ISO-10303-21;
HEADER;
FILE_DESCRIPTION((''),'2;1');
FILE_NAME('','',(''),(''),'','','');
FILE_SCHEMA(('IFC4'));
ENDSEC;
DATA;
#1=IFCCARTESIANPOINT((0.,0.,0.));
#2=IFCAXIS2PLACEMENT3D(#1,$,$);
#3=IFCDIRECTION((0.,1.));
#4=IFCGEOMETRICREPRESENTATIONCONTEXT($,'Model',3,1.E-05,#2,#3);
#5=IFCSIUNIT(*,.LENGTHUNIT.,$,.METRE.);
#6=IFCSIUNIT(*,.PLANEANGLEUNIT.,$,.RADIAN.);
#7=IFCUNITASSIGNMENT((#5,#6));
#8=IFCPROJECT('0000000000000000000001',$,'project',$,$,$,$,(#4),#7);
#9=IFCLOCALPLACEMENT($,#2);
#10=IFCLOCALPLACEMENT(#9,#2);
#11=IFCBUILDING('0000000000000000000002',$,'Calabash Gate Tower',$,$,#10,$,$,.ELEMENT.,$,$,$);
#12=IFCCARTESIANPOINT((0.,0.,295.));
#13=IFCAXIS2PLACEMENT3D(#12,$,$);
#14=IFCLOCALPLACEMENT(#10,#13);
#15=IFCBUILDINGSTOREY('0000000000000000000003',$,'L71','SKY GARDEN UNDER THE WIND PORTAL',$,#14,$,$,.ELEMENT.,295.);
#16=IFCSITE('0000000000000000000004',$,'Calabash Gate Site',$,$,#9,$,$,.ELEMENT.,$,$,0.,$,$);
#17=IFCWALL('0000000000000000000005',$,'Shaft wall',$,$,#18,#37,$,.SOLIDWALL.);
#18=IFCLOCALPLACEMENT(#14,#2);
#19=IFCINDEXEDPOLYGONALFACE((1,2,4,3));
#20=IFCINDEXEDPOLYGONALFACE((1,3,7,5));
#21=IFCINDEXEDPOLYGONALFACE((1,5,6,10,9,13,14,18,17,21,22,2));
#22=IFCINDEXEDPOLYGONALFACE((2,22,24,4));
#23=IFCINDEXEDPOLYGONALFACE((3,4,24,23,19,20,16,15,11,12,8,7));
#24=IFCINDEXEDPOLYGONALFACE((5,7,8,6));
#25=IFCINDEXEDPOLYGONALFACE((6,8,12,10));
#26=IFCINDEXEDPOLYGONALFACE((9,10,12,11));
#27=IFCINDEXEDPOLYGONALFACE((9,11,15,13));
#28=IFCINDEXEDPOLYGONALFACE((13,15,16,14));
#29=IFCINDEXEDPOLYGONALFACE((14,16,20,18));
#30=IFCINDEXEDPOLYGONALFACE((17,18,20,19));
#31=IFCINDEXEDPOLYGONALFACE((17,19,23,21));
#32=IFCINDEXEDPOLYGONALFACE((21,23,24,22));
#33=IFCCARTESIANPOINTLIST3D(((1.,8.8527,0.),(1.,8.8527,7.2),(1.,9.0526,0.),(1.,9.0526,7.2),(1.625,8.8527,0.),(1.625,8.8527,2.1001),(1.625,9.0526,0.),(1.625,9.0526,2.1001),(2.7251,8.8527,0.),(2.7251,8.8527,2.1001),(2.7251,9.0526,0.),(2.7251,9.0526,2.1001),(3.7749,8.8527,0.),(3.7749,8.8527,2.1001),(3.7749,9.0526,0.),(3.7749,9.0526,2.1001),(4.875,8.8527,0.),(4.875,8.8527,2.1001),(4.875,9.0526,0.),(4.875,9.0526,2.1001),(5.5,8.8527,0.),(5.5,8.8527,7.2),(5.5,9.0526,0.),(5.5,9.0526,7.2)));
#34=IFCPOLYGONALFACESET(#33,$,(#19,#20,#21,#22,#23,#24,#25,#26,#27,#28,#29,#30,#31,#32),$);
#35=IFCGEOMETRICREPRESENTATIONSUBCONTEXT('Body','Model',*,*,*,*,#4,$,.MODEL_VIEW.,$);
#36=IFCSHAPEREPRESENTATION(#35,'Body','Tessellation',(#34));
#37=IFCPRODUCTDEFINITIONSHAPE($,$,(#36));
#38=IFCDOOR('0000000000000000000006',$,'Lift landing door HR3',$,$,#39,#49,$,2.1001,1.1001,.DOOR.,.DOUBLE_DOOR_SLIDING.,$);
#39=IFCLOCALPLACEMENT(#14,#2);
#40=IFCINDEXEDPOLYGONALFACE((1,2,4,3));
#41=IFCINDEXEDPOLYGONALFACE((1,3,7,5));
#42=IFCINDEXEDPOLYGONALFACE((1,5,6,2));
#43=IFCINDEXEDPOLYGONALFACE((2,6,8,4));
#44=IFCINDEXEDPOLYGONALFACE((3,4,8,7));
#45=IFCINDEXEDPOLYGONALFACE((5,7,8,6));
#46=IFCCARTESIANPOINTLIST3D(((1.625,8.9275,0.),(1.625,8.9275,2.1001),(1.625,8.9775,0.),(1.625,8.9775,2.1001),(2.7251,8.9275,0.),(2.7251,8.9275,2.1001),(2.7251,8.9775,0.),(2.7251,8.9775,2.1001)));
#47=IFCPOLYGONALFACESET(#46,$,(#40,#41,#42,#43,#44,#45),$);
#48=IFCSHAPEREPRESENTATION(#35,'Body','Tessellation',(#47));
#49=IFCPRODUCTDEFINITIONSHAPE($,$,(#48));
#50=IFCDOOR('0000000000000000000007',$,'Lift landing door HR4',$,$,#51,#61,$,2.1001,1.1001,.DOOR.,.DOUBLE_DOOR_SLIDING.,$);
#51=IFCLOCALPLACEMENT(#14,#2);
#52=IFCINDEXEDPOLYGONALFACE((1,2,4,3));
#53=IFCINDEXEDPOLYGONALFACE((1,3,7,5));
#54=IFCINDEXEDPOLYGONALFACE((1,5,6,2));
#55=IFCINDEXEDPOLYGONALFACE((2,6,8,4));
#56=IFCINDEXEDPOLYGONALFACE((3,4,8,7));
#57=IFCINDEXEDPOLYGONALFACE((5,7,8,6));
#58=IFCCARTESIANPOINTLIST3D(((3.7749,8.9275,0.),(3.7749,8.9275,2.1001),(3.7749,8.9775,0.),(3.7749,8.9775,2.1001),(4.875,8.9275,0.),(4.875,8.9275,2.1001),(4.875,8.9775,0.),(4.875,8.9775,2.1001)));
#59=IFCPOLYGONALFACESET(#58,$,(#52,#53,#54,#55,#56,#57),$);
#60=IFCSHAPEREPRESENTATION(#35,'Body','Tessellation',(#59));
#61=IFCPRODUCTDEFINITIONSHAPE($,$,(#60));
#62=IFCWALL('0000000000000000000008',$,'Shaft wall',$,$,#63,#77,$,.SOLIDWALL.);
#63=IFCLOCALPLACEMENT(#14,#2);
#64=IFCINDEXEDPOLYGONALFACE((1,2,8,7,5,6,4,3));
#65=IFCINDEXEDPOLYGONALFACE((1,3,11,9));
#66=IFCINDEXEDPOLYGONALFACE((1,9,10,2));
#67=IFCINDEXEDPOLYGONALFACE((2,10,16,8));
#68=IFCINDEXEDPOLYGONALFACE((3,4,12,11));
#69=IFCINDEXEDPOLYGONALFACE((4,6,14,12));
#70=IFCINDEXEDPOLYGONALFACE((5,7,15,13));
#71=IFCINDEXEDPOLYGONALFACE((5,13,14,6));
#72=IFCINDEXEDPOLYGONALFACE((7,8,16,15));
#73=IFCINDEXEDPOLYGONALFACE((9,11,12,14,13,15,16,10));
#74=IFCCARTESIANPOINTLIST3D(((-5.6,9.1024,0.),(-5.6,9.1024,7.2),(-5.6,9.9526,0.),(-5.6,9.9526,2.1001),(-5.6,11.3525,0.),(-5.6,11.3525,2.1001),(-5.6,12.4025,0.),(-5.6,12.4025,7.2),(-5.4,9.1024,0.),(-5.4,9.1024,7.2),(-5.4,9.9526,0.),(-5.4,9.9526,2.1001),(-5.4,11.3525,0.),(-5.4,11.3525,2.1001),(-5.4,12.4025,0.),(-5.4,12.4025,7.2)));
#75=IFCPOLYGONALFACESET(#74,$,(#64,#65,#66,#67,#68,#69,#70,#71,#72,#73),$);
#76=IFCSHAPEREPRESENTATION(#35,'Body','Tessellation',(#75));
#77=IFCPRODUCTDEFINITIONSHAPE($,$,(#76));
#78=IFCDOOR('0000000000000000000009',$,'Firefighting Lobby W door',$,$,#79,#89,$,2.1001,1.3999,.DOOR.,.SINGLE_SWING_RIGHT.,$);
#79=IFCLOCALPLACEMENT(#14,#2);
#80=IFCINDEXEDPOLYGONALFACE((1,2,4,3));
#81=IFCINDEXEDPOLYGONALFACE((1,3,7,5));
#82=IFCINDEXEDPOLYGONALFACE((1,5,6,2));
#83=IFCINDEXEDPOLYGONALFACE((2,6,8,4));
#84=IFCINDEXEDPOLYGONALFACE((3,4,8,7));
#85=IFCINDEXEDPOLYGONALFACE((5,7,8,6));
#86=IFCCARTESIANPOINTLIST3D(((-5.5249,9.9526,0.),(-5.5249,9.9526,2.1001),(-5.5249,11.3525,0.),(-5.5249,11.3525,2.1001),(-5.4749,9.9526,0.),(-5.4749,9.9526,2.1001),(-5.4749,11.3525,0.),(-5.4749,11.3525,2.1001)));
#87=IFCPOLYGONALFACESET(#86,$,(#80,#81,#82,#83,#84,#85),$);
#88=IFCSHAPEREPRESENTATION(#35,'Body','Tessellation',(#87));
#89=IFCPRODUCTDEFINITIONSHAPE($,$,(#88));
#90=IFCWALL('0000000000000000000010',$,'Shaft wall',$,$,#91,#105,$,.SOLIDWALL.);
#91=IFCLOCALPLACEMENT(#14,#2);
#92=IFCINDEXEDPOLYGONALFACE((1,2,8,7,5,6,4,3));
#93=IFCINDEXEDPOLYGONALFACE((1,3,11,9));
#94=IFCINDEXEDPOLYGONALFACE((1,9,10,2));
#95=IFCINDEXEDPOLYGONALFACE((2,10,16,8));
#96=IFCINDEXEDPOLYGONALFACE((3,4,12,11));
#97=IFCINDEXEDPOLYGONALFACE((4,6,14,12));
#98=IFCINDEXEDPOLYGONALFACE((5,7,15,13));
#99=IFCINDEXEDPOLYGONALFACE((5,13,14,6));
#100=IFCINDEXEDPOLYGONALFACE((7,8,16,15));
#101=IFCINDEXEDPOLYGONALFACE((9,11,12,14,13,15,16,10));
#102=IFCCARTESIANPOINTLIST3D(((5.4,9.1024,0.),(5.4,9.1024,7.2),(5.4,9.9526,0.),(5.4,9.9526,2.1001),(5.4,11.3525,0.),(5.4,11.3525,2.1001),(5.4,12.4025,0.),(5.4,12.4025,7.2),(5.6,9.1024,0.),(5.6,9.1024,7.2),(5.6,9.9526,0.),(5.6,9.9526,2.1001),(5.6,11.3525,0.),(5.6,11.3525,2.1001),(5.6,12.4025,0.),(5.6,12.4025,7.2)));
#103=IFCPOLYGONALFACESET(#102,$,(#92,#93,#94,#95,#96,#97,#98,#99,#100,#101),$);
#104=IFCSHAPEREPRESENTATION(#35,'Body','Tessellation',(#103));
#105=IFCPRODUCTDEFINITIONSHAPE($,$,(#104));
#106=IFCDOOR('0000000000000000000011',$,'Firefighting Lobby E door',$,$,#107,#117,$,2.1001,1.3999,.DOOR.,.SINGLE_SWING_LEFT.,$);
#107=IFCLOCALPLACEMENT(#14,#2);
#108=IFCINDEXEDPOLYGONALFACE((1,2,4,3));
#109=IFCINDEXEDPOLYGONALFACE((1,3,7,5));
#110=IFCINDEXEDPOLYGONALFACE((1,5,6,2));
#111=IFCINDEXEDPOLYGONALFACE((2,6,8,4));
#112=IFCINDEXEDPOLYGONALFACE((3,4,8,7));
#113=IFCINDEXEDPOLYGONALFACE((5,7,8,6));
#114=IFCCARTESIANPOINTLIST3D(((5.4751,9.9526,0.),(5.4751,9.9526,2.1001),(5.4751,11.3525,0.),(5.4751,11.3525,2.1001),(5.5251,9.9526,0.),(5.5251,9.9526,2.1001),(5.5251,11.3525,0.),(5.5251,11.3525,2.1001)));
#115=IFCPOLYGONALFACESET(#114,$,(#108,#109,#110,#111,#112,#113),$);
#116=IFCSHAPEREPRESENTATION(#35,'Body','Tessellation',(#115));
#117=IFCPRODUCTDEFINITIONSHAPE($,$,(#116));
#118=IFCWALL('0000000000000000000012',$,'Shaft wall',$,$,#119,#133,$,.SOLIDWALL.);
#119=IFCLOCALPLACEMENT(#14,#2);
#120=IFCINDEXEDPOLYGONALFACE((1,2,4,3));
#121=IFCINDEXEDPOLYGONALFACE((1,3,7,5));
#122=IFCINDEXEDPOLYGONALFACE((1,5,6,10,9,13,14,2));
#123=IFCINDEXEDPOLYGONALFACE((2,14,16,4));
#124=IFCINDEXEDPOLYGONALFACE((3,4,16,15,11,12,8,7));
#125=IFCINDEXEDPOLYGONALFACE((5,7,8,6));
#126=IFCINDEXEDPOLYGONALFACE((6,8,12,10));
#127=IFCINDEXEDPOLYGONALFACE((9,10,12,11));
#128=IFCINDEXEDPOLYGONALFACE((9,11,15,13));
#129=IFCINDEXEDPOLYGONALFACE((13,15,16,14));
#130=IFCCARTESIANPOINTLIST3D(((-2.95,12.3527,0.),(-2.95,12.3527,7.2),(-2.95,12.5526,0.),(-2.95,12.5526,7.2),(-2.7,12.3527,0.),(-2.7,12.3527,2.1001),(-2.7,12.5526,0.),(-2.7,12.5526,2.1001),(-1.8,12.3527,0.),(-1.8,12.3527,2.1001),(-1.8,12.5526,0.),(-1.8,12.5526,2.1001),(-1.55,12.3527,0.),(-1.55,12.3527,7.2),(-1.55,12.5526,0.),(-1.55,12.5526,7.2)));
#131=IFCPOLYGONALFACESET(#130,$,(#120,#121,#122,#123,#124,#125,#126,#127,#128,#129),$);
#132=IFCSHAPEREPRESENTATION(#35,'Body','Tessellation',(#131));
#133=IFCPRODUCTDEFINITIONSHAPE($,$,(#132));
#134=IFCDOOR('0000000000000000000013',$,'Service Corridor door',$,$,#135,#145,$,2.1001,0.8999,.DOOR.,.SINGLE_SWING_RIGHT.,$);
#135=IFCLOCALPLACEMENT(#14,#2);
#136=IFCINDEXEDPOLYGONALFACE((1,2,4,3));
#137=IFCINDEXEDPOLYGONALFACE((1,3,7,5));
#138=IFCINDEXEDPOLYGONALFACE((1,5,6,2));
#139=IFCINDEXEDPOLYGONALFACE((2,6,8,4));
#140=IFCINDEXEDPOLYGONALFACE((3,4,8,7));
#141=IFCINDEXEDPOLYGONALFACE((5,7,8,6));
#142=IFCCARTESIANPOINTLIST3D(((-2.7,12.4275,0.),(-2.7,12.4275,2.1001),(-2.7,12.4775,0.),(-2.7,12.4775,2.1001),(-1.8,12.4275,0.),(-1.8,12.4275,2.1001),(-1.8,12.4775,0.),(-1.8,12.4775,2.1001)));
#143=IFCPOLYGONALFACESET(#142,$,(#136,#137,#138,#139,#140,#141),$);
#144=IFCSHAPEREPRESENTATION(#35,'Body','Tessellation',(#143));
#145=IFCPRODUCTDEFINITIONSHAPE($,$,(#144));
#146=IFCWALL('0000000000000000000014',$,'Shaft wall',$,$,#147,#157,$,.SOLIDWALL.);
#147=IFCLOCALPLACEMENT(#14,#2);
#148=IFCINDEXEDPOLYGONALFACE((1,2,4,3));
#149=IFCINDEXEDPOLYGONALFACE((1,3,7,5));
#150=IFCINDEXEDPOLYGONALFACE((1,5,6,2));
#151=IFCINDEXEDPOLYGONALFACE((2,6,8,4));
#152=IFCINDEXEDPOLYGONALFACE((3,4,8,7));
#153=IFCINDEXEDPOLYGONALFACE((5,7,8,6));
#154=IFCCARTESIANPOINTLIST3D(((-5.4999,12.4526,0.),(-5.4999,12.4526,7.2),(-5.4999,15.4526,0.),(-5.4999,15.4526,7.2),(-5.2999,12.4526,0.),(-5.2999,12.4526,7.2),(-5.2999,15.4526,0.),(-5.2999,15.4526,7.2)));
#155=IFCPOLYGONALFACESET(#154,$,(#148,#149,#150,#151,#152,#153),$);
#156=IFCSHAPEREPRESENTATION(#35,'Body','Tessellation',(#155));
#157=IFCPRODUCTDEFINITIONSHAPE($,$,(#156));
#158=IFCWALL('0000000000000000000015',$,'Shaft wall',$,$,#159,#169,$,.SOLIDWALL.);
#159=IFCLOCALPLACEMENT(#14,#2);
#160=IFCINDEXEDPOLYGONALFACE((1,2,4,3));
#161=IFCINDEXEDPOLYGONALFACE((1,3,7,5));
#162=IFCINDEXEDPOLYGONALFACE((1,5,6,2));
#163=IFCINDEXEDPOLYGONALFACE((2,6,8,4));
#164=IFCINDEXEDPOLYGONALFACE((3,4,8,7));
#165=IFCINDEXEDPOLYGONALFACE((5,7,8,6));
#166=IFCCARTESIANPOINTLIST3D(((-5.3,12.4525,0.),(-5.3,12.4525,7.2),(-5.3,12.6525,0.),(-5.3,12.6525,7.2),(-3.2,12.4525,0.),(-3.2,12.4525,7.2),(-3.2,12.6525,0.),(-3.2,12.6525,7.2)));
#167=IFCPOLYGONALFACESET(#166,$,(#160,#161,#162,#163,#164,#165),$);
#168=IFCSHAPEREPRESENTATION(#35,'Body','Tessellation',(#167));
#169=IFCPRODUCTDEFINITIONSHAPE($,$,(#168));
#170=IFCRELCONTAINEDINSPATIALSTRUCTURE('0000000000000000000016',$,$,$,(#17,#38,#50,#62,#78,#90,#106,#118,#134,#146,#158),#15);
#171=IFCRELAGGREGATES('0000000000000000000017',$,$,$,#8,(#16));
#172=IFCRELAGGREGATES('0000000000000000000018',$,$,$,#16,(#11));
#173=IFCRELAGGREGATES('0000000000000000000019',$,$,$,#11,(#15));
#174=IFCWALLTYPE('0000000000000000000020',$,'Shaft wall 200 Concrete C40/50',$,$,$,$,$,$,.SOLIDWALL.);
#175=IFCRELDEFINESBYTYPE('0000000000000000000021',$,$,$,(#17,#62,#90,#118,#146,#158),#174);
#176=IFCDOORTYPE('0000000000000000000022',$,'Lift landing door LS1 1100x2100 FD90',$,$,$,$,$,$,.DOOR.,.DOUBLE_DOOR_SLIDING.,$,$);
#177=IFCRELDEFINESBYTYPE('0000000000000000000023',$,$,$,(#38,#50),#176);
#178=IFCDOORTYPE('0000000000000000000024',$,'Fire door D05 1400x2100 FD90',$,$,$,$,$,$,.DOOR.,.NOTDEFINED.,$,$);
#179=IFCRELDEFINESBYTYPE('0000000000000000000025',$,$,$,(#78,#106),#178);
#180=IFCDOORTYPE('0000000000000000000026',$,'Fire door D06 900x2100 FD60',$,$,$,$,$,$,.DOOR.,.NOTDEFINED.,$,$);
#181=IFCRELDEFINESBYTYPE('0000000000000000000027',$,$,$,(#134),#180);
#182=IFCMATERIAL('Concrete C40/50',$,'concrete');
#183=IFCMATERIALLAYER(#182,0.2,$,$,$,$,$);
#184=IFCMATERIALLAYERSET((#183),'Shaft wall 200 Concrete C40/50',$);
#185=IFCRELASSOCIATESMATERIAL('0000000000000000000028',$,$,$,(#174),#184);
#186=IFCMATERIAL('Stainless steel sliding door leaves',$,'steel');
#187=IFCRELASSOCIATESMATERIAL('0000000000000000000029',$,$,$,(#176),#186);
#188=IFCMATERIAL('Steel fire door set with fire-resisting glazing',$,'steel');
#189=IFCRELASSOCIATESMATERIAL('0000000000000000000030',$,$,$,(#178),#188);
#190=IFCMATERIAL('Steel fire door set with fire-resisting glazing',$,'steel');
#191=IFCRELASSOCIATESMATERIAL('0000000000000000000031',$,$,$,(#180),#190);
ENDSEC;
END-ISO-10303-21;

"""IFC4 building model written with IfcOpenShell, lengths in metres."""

from ifc_helpers import new_model, si_unit, direction, frame, frame_2d, origin, place, context, subcontext, project, spatial, rectangle, extrude, material, layer, layer_set, type_object, element, fill, save


model = new_model("IFC4")

# Units and contexts
model_context = context("Model", 3, precision=1e-05, world=origin(), true_north=direction((0.0, 1.0)))
body_context = subcontext(model_context, "Body", "Model", "MODEL_VIEW")
ifc_project = project(units=[si_unit("LENGTHUNIT", "METRE"), si_unit("PLANEANGLEUNIT", "RADIAN")], contexts=[model_context])

# Site, building, storey
site_placement = place(None, origin())
site = spatial("IfcSite", under=ifc_project, at=site_placement, Name="Calabash Gate Site", CompositionType="ELEMENT", RefElevation=0.0)
building_placement = place(site_placement, origin())
building = spatial("IfcBuilding", under=site, at=building_placement, Name="Calabash Gate Tower", CompositionType="ELEMENT")
storey_placement = place(building_placement, frame((0.0, 0.0, 295.0)))
storey = spatial("IfcBuildingStorey", under=building, at=storey_placement, Name="L71", Description="SKY GARDEN UNDER THE WIND PORTAL", CompositionType="ELEMENT", Elevation=295.0)

# Shared definitions
ifc_material_1 = material(Name="Concrete C40/50", Category="concrete")
ifc_layer_1 = layer(ifc_material_1, 0.2)
ifc_layer_set_1 = layer_set([ifc_layer_1], Name="Shaft wall 200 Concrete C40/50")
wall_type_1 = type_object("IfcWallType", Name="Shaft wall 200 Concrete C40/50", PredefinedType="SOLIDWALL", material=ifc_layer_set_1)

# Wall, openings, doors
ifc_material_2 = material(Name="Stainless steel sliding door leaves", Category="steel")
door_type_1 = type_object("IfcDoorType", Name="Lift landing door LS1 1100x2100 FD90", OperationType="DOUBLE_DOOR_SLIDING", PredefinedType="DOOR", material=ifc_material_2)
wall_1_placement = place(storey_placement, frame((1.0, 8.9526, 0.0), z_axis=(0.0, 0.0, 1.0), x_axis=(1.0, 0.0, 0.0)))
wall_1 = element("IfcWall", 1, at=wall_1_placement, inside=storey, type_object=wall_type_1, Name="Shaft wall", PredefinedType="SOLIDWALL", context=body_context, shape_type="SweptSolid", body=[
    extrude(rectangle(XDim=4.5, YDim=0.2, at=frame_2d((2.25, 0.0))), origin(), (0.0, 0.0, 1.0), 7.2),
])
opening_1_placement = place(wall_1_placement, frame((0.625, 0.0, 0.0)))
opening_1 = element("IfcOpeningElement", 2, at=opening_1_placement, cuts=wall_1, PredefinedType="OPENING", context=body_context, shape_type="SweptSolid", body=[
    extrude(rectangle(XDim=1.1001, YDim=2.1001, at=frame_2d((0.55, 1.05))), frame((0.0, 0.1099, 0.0), z_axis=(0.0, -1.0, 0.0), x_axis=(1.0, 0.0, 0.0)), (0.0, 0.0, 1.0), 0.22),
])
opening_2_placement = place(wall_1_placement, frame((2.7749, 0.0, 0.0)))
opening_2 = element("IfcOpeningElement", 3, at=opening_2_placement, cuts=wall_1, PredefinedType="OPENING", context=body_context, shape_type="SweptSolid", body=[
    extrude(rectangle(XDim=1.1001, YDim=2.1001, at=frame_2d((0.55, 1.05))), frame((0.0, 0.1099, 0.0), z_axis=(0.0, -1.0, 0.0), x_axis=(1.0, 0.0, 0.0)), (0.0, 0.0, 1.0), 0.22),
])
door_1_placement = place(opening_1_placement, origin())
door_1 = element("IfcDoor", 4, at=door_1_placement, inside=storey, type_object=door_type_1, Name="Lift landing door HR3", OperationType="DOUBLE_DOOR_SLIDING", OverallHeight=2.1001, OverallWidth=1.1001, PredefinedType="DOOR", context=body_context, shape_type="SweptSolid", body=[
    extrude(rectangle(XDim=1.1001, YDim=2.1001, at=frame_2d((0.55, 1.05))), frame((0.0, 0.0249, 0.0), z_axis=(0.0, -1.0, 0.0), x_axis=(1.0, 0.0, 0.0)), (0.0, 0.0, 1.0), 0.05),
])
fill(opening_1, door_1)
door_2_placement = place(opening_2_placement, origin())
door_2 = element("IfcDoor", 5, at=door_2_placement, inside=storey, type_object=door_type_1, Name="Lift landing door HR4", OperationType="DOUBLE_DOOR_SLIDING", OverallHeight=2.1001, OverallWidth=1.1001, PredefinedType="DOOR", context=body_context, shape_type="SweptSolid", body=[
    extrude(rectangle(XDim=1.1001, YDim=2.1001, at=frame_2d((0.55, 1.05))), frame((0.0, 0.0249, 0.0), z_axis=(0.0, -1.0, 0.0), x_axis=(1.0, 0.0, 0.0)), (0.0, 0.0, 1.0), 0.05),
])
fill(opening_2, door_2)

# Walls, openings, doors
wall_2_placement = place(storey_placement, frame((-5.5, 9.1025, 0.0), z_axis=(0.0, 0.0, 1.0), x_axis=(0.0, 1.0, 0.0)))
wall_2 = element("IfcWall", 6, at=wall_2_placement, inside=storey, type_object=wall_type_1, Name="Shaft wall", PredefinedType="SOLIDWALL", context=body_context, shape_type="SweptSolid", body=[
    extrude(rectangle(XDim=3.3, YDim=0.2, at=frame_2d((1.6499, 0.0))), origin(), (0.0, 0.0, 1.0), 7.2),
])
opening_3_placement = place(wall_2_placement, frame((0.8501, 0.0, 0.0)))
opening_3 = element("IfcOpeningElement", 7, at=opening_3_placement, cuts=wall_2, PredefinedType="OPENING", context=body_context, shape_type="SweptSolid", body=[
    extrude(rectangle(XDim=1.3999, YDim=2.1001, at=frame_2d((0.7, 1.05))), frame((0.0, 0.1099, 0.0), z_axis=(0.0, -1.0, 0.0), x_axis=(1.0, 0.0, 0.0)), (0.0, 0.0, 1.0), 0.22),
])
ifc_material_3 = material(Name="Steel fire door set with fire-resisting glazing", Category="steel")
door_type_2 = type_object("IfcDoorType", Name="Fire door D05 1400x2100 FD90", OperationType="NOTDEFINED", PredefinedType="DOOR", material=ifc_material_3)
door_3_placement = place(opening_3_placement, origin())
door_3 = element("IfcDoor", 8, at=door_3_placement, inside=storey, type_object=door_type_2, Name="Firefighting Lobby W door", OperationType="SINGLE_SWING_RIGHT", OverallHeight=2.1001, OverallWidth=1.3999, PredefinedType="DOOR", context=body_context, shape_type="SweptSolid", body=[
    extrude(rectangle(XDim=1.3999, YDim=2.1001, at=frame_2d((0.7, 1.05))), frame((0.0, 0.0249, 0.0), z_axis=(0.0, -1.0, 0.0), x_axis=(1.0, 0.0, 0.0)), (0.0, 0.0, 1.0), 0.05),
])
fill(opening_3, door_3)
wall_3_placement = place(storey_placement, frame((5.5, 9.1025, 0.0), z_axis=(0.0, 0.0, 1.0), x_axis=(0.0, 1.0, 0.0)))
wall_3 = element("IfcWall", 9, at=wall_3_placement, inside=storey, type_object=wall_type_1, Name="Shaft wall", PredefinedType="SOLIDWALL", context=body_context, shape_type="SweptSolid", body=[
    extrude(rectangle(XDim=3.3, YDim=0.2, at=frame_2d((1.6499, 0.0))), origin(), (0.0, 0.0, 1.0), 7.2),
])
opening_4_placement = place(wall_3_placement, frame((0.8501, 0.0, 0.0)))
opening_4 = element("IfcOpeningElement", 10, at=opening_4_placement, cuts=wall_3, PredefinedType="OPENING", context=body_context, shape_type="SweptSolid", body=[
    extrude(rectangle(XDim=1.3999, YDim=2.1001, at=frame_2d((0.7, 1.05))), frame((0.0, 0.1099, 0.0), z_axis=(0.0, -1.0, 0.0), x_axis=(1.0, 0.0, 0.0)), (0.0, 0.0, 1.0), 0.22),
])
door_4_placement = place(opening_4_placement, origin())
door_4 = element("IfcDoor", 11, at=door_4_placement, inside=storey, type_object=door_type_2, Name="Firefighting Lobby E door", OperationType="SINGLE_SWING_LEFT", OverallHeight=2.1001, OverallWidth=1.3999, PredefinedType="DOOR", context=body_context, shape_type="SweptSolid", body=[
    extrude(rectangle(XDim=1.3999, YDim=2.1001, at=frame_2d((0.7, 1.05))), frame((0.0, 0.0249, 0.0), z_axis=(0.0, -1.0, 0.0), x_axis=(1.0, 0.0, 0.0)), (0.0, 0.0, 1.0), 0.05),
])
fill(opening_4, door_4)
wall_4_placement = place(storey_placement, frame((-2.95, 12.4526, 0.0), z_axis=(0.0, 0.0, 1.0), x_axis=(1.0, 0.0, 0.0)))
wall_4 = element("IfcWall", 12, at=wall_4_placement, inside=storey, type_object=wall_type_1, Name="Shaft wall", PredefinedType="SOLIDWALL", context=body_context, shape_type="SweptSolid", body=[
    extrude(rectangle(XDim=1.3999, YDim=0.2, at=frame_2d((0.7, 0.0))), origin(), (0.0, 0.0, 1.0), 7.2),
])
opening_5_placement = place(wall_4_placement, frame((0.25, 0.0, 0.0)))
opening_5 = element("IfcOpeningElement", 13, at=opening_5_placement, cuts=wall_4, PredefinedType="OPENING", context=body_context, shape_type="SweptSolid", body=[
    extrude(rectangle(XDim=0.8999, YDim=2.1001, at=frame_2d((0.45, 1.05))), frame((0.0, 0.1099, 0.0), z_axis=(0.0, -1.0, 0.0), x_axis=(1.0, 0.0, 0.0)), (0.0, 0.0, 1.0), 0.22),
])
ifc_material_4 = material(Name="Steel fire door set with fire-resisting glazing", Category="steel")
door_type_3 = type_object("IfcDoorType", Name="Fire door D06 900x2100 FD60", OperationType="NOTDEFINED", PredefinedType="DOOR", material=ifc_material_4)
door_5_placement = place(opening_5_placement, origin())
door_5 = element("IfcDoor", 14, at=door_5_placement, inside=storey, type_object=door_type_3, Name="Service Corridor door", OperationType="SINGLE_SWING_RIGHT", OverallHeight=2.1001, OverallWidth=0.8999, PredefinedType="DOOR", context=body_context, shape_type="SweptSolid", body=[
    extrude(rectangle(XDim=0.8999, YDim=2.1001, at=frame_2d((0.45, 1.05))), frame((0.0, 0.0249, 0.0), z_axis=(0.0, -1.0, 0.0), x_axis=(1.0, 0.0, 0.0)), (0.0, 0.0, 1.0), 0.05),
])
fill(opening_5, door_5)

# Walls
wall_5_placement = place(storey_placement, frame((-5.3999, 12.4526, 0.0), z_axis=(0.0, 0.0, 1.0), x_axis=(0.0, 1.0, 0.0)))
element("IfcWall", 15, at=wall_5_placement, inside=storey, type_object=wall_type_1, Name="Shaft wall", PredefinedType="SOLIDWALL", context=body_context, shape_type="SweptSolid", body=[
    extrude(rectangle(XDim=3.0, YDim=0.2, at=frame_2d((1.5, 0.0))), origin(), (0.0, 0.0, 1.0), 7.2),
])
wall_6_placement = place(storey_placement, frame((-5.3, 12.5525, 0.0), z_axis=(0.0, 0.0, 1.0), x_axis=(1.0, 0.0, 0.0)))
element("IfcWall", 16, at=wall_6_placement, inside=storey, type_object=wall_type_1, Name="Shaft wall", PredefinedType="SOLIDWALL", context=body_context, shape_type="SweptSolid", body=[
    extrude(rectangle(XDim=2.1001, YDim=0.2, at=frame_2d((1.05, 0.0))), origin(), (0.0, 0.0, 1.0), 7.2),
])

save(model, "model.ifc")
